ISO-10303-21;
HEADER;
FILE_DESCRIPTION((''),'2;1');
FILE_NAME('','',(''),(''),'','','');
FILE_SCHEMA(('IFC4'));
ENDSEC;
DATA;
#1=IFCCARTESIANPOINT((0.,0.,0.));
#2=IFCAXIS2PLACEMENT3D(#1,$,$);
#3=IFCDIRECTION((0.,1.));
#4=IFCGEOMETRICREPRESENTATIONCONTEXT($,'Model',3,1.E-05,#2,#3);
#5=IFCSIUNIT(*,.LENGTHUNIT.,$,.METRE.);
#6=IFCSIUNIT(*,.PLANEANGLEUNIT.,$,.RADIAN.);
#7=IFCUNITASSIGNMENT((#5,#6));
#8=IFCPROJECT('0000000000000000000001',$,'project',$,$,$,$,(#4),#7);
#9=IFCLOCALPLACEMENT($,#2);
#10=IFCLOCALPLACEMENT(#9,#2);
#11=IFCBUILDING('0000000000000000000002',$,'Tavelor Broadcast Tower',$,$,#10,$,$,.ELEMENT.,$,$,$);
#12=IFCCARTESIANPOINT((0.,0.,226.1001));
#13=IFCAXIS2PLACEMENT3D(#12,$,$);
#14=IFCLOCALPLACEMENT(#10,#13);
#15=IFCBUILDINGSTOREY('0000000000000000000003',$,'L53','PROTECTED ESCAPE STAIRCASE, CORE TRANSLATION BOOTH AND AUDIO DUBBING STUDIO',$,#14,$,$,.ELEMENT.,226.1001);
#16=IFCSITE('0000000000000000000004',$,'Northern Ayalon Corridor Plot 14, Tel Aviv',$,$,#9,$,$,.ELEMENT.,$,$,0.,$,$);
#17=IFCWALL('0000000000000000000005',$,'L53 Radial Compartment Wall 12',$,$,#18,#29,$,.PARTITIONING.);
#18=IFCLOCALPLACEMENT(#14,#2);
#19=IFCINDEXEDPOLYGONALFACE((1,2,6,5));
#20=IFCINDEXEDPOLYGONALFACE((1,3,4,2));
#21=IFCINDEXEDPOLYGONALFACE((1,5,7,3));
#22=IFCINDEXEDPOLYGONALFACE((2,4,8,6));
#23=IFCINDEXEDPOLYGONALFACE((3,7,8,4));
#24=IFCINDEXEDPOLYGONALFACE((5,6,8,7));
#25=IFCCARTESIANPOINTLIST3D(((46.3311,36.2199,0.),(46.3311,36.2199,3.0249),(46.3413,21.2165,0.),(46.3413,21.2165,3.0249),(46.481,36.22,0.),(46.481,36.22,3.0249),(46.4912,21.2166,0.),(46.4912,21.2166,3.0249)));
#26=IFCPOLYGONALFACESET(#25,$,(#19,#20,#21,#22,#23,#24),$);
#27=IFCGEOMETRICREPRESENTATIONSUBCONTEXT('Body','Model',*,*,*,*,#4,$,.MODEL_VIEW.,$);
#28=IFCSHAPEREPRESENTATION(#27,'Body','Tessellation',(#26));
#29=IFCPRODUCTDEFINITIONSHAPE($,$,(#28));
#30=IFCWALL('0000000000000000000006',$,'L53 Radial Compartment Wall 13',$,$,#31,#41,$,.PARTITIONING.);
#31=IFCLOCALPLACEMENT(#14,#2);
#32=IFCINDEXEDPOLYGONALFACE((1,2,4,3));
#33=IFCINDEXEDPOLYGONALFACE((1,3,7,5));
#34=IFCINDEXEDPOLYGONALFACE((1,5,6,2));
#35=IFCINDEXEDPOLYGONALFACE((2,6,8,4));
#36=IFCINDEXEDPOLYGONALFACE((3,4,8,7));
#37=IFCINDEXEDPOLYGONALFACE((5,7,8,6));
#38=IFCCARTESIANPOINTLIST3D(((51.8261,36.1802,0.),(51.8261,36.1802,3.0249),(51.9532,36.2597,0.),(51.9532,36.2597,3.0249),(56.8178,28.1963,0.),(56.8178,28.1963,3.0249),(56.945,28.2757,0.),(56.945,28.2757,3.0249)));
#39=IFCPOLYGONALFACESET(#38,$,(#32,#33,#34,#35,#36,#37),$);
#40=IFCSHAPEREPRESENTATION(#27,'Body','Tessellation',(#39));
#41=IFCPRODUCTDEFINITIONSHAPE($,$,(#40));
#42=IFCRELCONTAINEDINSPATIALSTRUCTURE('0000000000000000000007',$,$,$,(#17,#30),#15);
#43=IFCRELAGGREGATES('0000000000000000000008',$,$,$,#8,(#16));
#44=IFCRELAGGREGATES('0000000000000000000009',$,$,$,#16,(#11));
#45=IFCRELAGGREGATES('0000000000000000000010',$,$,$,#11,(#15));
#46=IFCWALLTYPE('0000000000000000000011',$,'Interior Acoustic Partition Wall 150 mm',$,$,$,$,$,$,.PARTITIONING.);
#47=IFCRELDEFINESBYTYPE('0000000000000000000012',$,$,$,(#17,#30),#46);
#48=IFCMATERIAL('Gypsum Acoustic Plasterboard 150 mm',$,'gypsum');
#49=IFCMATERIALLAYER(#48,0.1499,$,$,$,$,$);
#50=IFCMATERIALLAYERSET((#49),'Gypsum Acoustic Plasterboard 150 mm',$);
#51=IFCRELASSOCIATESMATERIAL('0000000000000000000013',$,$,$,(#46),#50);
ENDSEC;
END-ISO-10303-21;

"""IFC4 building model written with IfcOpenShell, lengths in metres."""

from ifc_helpers import new_model, si_unit, direction, frame, frame_2d, origin, place, context, subcontext, project, spatial, rectangle, extrude, material, layer, layer_set, type_object, element, save


model = new_model("IFC4")

# Units and contexts
model_context = context("Model", 3, precision=1e-05, world=origin(), true_north=direction((0.0, 1.0)))
body_context = subcontext(model_context, "Body", "Model", "MODEL_VIEW")
ifc_project = project(units=[si_unit("LENGTHUNIT", "METRE"), si_unit("PLANEANGLEUNIT", "RADIAN")], contexts=[model_context])

# Site, building, storey
site_placement = place(None, origin())
site = spatial("IfcSite", under=ifc_project, at=site_placement, Name="Northern Ayalon Corridor Plot 14, Tel Aviv", CompositionType="ELEMENT", RefElevation=0.0)
building_placement = place(site_placement, origin())
building = spatial("IfcBuilding", under=site, at=building_placement, Name="Tavelor Broadcast Tower", CompositionType="ELEMENT")
storey_placement = place(building_placement, frame((0.0, 0.0, 226.1001)))
storey = spatial("IfcBuildingStorey", under=building, at=storey_placement, Name="L53", Description="PROTECTED ESCAPE STAIRCASE, CORE TRANSLATION BOOTH AND AUDIO DUBBING STUDIO", CompositionType="ELEMENT", Elevation=226.1001)

# Walls
ifc_material_1 = material(Name="Gypsum Acoustic Plasterboard 150 mm", Category="gypsum")
ifc_layer_1 = layer(ifc_material_1, 0.1499)
ifc_layer_set_1 = layer_set([ifc_layer_1], Name="Gypsum Acoustic Plasterboard 150 mm")
wall_type_1 = type_object("IfcWallType", Name="Interior Acoustic Partition Wall 150 mm", PredefinedType="PARTITIONING", material=ifc_layer_set_1)
wall_1_placement = place(storey_placement, frame((46.406, 36.22, 0.0), z_axis=(0.0, 0.0, 1.0), x_axis=(0.000683, -1.0, 0.0)))
element("IfcWall", 1, at=wall_1_placement, inside=storey, type_object=wall_type_1, Name="L53 Radial Compartment Wall 12", PredefinedType="PARTITIONING", context=body_context, shape_type="SweptSolid", body=[
    extrude(rectangle(XDim=15.0034, YDim=0.1499, at=frame_2d((7.5017, 0.0))), origin(), (0.0, 0.0, 1.0), 3.0249),
])
wall_2_placement = place(storey_placement, frame((51.8896, 36.22, 0.0), z_axis=(0.0, 0.0, 1.0), x_axis=(0.530134, -0.847914, 0.0)))
element("IfcWall", 2, at=wall_2_placement, inside=storey, type_object=wall_type_1, Name="L53 Radial Compartment Wall 13", PredefinedType="PARTITIONING", context=body_context, shape_type="SweptSolid", body=[
    extrude(rectangle(XDim=9.416, YDim=0.1499, at=frame_2d((4.708, 0.0))), origin(), (0.0, 0.0, 1.0), 3.0249),
])

save(model, "model.ifc")
